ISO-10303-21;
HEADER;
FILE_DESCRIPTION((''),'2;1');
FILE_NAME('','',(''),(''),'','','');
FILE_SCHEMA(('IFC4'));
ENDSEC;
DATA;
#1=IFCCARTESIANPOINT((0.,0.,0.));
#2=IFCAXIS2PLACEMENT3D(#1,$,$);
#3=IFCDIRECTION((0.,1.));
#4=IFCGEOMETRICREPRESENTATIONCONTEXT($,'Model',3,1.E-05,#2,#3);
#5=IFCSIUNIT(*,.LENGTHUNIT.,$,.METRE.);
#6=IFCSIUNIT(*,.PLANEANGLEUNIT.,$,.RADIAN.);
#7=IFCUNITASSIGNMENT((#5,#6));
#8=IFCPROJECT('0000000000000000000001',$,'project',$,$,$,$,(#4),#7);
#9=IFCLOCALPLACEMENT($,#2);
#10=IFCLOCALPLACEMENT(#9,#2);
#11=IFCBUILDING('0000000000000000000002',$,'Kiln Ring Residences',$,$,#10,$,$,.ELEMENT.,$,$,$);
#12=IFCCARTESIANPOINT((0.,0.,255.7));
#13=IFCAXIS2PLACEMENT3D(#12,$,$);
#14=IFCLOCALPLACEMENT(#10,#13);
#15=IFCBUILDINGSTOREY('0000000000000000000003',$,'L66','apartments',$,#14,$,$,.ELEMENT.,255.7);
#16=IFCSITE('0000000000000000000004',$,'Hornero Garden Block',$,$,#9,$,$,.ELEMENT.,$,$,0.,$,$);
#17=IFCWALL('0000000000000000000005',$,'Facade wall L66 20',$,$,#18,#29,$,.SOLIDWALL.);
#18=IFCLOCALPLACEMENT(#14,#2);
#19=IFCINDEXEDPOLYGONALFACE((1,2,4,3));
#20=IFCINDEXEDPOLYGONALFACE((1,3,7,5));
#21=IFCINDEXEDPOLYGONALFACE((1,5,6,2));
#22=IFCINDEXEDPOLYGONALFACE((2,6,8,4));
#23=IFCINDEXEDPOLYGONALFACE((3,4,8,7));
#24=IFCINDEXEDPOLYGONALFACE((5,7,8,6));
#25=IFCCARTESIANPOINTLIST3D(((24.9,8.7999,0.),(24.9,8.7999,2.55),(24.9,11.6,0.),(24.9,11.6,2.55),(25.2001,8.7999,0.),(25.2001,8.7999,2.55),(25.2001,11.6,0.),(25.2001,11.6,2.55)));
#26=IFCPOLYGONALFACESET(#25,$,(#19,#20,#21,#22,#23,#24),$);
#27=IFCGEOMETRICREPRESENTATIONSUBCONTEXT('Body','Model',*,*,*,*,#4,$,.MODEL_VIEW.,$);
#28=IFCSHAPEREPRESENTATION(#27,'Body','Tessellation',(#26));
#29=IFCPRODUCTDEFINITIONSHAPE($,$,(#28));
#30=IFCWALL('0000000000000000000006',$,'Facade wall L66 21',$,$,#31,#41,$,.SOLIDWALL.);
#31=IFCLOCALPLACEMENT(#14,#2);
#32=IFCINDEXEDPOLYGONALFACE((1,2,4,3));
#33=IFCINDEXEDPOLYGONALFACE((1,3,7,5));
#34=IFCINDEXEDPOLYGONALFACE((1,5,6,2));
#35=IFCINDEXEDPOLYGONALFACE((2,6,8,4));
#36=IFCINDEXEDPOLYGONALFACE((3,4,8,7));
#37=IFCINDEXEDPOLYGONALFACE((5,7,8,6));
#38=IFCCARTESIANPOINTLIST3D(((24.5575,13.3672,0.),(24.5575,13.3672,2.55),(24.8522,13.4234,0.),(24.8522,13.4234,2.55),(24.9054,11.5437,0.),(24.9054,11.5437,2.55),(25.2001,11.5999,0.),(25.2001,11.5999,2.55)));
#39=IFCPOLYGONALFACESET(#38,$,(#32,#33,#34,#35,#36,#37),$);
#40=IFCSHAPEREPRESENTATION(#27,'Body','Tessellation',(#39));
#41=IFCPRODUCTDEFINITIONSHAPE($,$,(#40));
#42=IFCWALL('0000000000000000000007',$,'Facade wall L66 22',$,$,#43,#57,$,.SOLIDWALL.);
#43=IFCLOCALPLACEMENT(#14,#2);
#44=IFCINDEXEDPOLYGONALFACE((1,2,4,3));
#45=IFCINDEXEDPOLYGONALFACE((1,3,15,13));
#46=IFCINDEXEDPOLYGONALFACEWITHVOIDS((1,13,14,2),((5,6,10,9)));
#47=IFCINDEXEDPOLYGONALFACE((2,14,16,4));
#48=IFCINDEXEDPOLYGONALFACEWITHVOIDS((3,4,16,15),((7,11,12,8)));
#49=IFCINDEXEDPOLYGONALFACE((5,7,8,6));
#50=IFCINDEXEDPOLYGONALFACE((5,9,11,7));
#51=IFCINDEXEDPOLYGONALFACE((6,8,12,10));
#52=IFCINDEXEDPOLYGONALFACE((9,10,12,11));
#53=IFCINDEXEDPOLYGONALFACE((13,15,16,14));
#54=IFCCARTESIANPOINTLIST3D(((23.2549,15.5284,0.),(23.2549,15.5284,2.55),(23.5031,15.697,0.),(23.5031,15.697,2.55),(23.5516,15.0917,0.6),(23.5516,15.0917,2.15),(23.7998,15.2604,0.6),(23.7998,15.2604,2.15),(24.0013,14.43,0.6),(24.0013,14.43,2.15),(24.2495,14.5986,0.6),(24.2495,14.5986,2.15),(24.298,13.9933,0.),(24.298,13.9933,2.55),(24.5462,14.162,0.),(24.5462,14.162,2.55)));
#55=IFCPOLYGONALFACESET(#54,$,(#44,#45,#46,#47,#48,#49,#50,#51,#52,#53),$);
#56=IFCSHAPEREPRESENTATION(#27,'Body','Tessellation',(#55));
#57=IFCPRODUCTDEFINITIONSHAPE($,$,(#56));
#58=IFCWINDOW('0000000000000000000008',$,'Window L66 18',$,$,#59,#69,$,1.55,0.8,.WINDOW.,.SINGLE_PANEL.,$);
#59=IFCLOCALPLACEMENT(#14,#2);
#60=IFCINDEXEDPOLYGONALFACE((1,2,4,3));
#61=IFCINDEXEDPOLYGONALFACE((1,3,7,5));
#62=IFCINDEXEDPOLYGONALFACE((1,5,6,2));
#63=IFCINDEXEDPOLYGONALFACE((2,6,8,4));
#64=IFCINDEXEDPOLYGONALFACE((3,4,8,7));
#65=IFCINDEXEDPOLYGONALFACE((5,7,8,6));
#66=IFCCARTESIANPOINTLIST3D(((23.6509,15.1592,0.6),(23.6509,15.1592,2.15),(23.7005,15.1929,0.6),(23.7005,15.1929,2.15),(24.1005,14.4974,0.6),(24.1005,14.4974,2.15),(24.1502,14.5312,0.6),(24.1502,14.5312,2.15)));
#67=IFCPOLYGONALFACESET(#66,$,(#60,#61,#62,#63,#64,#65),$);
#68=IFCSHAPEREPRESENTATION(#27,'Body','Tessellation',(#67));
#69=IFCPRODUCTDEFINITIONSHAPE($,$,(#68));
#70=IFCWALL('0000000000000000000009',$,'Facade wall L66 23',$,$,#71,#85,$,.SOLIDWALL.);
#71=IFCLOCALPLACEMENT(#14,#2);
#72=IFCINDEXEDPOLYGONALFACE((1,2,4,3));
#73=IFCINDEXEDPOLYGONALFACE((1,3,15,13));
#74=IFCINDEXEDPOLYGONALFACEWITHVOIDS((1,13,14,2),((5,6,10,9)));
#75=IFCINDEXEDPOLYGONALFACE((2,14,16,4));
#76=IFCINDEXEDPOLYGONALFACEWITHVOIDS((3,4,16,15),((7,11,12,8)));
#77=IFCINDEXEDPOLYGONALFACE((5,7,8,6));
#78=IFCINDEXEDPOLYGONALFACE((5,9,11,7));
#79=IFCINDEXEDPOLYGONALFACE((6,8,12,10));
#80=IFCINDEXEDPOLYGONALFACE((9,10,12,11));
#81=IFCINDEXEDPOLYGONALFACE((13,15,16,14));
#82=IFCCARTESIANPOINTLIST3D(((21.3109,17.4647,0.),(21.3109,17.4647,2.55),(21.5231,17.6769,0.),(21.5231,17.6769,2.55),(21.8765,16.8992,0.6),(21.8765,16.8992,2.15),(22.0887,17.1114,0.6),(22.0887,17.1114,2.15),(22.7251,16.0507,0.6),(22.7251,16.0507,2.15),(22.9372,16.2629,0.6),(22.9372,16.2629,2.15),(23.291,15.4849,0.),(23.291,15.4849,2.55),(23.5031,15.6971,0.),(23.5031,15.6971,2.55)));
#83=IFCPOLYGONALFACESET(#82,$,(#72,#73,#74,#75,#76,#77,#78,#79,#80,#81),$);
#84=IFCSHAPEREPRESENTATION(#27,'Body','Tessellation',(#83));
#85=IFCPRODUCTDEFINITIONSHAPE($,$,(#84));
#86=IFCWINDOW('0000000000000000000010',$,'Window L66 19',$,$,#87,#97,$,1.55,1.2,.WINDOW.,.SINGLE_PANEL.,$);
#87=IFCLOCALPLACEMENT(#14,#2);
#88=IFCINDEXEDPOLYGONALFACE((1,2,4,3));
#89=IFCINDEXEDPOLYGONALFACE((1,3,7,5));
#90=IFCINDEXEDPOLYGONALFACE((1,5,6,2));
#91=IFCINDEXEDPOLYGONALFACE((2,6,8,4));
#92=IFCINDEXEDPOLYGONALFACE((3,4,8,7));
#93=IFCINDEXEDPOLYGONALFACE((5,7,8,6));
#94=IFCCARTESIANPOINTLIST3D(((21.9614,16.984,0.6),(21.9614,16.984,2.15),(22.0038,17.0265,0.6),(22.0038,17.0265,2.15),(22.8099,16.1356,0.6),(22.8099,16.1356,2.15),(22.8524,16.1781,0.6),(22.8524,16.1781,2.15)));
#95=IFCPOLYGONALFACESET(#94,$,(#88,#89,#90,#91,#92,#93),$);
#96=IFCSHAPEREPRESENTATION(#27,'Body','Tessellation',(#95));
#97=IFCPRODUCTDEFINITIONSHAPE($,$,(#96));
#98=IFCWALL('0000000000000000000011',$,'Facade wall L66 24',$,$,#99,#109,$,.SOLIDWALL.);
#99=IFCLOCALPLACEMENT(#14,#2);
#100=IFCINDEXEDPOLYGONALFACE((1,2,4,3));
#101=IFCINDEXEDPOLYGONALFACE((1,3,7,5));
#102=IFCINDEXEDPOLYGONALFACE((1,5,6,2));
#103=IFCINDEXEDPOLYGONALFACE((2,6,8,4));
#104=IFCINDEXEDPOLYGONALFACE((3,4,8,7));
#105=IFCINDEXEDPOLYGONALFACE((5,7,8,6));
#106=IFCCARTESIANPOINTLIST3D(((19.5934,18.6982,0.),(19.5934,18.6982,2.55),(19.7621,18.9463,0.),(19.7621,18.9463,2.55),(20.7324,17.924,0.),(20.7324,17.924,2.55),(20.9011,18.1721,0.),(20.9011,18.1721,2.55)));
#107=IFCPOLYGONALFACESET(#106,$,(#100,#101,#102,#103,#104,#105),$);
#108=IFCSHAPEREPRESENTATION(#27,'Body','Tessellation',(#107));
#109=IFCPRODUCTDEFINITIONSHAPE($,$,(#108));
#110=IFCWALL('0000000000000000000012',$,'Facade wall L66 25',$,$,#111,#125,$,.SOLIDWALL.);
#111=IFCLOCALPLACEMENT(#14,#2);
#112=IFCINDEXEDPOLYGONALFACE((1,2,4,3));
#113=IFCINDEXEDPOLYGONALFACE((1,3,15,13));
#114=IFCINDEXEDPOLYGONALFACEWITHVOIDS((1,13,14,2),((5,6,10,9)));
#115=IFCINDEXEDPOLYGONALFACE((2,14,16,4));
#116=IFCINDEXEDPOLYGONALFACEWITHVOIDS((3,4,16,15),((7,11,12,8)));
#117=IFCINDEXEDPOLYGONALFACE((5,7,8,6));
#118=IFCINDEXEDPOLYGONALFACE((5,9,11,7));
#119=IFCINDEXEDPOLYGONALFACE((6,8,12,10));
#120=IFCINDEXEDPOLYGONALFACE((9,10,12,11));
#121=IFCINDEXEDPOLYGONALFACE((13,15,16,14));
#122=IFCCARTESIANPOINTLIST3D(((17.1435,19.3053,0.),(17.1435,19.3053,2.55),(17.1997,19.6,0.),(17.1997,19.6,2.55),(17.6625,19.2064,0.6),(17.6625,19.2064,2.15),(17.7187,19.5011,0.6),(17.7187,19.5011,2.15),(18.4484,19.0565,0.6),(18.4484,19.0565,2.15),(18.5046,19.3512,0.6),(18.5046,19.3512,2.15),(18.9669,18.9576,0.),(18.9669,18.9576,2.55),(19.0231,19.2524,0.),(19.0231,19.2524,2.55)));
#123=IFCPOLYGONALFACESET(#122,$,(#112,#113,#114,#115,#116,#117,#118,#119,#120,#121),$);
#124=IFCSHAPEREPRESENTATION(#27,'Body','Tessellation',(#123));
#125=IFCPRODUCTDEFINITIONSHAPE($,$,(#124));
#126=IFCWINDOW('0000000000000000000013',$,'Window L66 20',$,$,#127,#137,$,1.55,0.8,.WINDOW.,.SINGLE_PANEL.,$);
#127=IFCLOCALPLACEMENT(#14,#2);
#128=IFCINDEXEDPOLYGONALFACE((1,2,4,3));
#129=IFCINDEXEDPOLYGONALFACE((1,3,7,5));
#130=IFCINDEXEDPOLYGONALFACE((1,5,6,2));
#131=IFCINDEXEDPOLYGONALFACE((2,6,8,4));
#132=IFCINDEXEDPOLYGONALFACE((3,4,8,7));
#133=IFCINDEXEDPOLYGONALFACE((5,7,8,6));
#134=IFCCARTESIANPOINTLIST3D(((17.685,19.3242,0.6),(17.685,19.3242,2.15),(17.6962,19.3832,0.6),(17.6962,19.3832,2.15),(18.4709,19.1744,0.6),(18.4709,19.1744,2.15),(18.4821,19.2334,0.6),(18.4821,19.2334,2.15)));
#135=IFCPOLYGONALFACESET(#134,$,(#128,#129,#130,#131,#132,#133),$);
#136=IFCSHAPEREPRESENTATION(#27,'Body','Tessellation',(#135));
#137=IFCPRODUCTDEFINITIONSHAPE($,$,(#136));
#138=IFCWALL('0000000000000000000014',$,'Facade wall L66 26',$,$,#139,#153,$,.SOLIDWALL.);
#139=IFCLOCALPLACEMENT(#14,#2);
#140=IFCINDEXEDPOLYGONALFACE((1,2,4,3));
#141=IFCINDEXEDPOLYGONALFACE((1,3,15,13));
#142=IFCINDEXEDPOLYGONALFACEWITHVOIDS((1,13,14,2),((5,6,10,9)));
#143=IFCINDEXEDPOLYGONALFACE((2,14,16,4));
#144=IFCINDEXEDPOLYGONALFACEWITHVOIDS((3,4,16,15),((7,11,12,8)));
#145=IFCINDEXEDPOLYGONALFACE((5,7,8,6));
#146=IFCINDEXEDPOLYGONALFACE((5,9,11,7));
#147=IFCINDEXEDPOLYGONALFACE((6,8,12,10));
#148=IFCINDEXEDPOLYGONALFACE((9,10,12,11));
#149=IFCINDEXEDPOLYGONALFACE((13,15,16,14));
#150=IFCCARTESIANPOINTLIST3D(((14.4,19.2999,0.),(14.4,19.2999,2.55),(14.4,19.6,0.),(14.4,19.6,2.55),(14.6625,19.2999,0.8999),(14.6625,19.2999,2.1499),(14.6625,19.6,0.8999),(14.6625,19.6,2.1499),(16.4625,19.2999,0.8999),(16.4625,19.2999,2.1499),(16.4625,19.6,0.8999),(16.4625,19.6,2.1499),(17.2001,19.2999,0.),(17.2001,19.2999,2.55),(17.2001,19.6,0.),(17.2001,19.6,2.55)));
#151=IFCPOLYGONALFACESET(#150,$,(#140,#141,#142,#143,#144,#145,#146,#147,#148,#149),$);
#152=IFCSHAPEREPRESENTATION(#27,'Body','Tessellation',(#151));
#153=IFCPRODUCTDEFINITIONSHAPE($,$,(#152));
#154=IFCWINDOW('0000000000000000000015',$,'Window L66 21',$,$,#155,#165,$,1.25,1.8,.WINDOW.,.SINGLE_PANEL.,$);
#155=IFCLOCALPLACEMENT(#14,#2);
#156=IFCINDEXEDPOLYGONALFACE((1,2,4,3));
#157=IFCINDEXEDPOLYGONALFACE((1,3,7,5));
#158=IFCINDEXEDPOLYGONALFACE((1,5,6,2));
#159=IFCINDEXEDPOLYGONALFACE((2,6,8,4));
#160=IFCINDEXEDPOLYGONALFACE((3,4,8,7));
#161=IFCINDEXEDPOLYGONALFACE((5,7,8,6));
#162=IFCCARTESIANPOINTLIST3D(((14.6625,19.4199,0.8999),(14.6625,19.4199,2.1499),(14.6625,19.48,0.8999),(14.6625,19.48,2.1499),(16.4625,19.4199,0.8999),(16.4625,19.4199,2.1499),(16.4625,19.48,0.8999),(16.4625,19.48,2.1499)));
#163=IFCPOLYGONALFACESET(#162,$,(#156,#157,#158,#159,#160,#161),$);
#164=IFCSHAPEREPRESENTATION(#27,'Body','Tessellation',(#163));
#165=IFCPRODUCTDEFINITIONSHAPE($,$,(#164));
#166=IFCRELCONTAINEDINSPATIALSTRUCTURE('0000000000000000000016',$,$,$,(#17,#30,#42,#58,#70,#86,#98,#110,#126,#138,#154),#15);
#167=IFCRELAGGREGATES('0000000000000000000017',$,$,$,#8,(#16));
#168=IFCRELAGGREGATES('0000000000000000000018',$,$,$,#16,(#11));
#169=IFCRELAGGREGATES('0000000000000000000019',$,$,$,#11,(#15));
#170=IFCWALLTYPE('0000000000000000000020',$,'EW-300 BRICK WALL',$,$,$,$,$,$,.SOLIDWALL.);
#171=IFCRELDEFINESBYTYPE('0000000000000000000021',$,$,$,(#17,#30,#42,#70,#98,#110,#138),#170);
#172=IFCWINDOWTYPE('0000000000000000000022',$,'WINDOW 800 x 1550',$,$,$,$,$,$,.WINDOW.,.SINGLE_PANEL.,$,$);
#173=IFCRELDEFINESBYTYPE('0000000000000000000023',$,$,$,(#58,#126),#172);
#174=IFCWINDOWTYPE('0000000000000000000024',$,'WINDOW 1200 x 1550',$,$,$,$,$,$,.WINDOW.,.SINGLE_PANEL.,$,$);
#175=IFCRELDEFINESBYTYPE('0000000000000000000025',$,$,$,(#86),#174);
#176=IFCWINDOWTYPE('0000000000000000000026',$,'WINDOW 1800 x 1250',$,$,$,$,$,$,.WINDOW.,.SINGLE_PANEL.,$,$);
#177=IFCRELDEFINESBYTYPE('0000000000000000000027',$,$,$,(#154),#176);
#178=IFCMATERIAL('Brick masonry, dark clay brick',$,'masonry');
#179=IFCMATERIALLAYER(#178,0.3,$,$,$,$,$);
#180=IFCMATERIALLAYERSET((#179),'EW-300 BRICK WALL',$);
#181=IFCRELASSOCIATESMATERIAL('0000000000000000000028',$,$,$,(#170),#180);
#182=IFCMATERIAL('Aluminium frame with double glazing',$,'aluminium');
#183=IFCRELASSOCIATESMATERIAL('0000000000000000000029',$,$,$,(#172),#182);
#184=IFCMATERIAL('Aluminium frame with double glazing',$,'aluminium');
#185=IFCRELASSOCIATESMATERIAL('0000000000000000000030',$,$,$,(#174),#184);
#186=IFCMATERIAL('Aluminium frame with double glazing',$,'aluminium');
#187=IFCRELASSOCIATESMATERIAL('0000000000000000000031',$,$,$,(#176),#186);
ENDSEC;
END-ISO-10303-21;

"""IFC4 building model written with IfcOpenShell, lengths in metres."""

from ifc_helpers import new_model, si_unit, direction, frame, frame_2d, origin, place, context, subcontext, project, spatial, rectangle, extrude, material, layer, layer_set, type_object, element, fill, save


model = new_model("IFC4")

# Units and contexts
model_context = context("Model", 3, precision=1e-05, world=origin(), true_north=direction((0.0, 1.0)))
body_context = subcontext(model_context, "Body", "Model", "MODEL_VIEW")
ifc_project = project(units=[si_unit("LENGTHUNIT", "METRE"), si_unit("PLANEANGLEUNIT", "RADIAN")], contexts=[model_context])

# Site, building, storey
site_placement = place(None, origin())
site = spatial("IfcSite", under=ifc_project, at=site_placement, Name="Hornero Garden Block", CompositionType="ELEMENT", RefElevation=0.0)
building_placement = place(site_placement, origin())
building = spatial("IfcBuilding", under=site, at=building_placement, Name="Kiln Ring Residences", CompositionType="ELEMENT")
storey_placement = place(building_placement, frame((0.0, 0.0, 255.7)))
storey = spatial("IfcBuildingStorey", under=building, at=storey_placement, Name="L66", Description="apartments", CompositionType="ELEMENT", Elevation=255.7)

# Walls
ifc_material_1 = material(Name="Brick masonry, dark clay brick", Category="masonry")
ifc_layer_1 = layer(ifc_material_1, 0.3)
ifc_layer_set_1 = layer_set([ifc_layer_1], Name="EW-300 BRICK WALL")
wall_type_1 = type_object("IfcWallType", Name="EW-300 BRICK WALL", PredefinedType="SOLIDWALL", material=ifc_layer_set_1)
wall_1_placement = place(storey_placement, frame((25.05, 8.8, 0.0), z_axis=(0.0, 0.0, 1.0), x_axis=(0.0, 1.0, 0.0)))
element("IfcWall", 1, at=wall_1_placement, inside=storey, type_object=wall_type_1, Name="Facade wall L66 20", PredefinedType="SOLIDWALL", context=body_context, shape_type="SweptSolid", body=[
    extrude(rectangle(XDim=2.8, YDim=0.3, at=frame_2d((1.3999, 0.0))), origin(), (0.0, 0.0, 1.0), 2.55),
])
wall_2_placement = place(storey_placement, frame((25.0527, 11.5718, 0.0), z_axis=(0.0, 0.0, 1.0), x_axis=(-0.187408, 0.982282, 0.0)))
element("IfcWall", 2, at=wall_2_placement, inside=storey, type_object=wall_type_1, Name="Facade wall L66 21", PredefinedType="SOLIDWALL", context=body_context, shape_type="SweptSolid", body=[
    extrude(rectangle(XDim=1.8564, YDim=0.3, at=frame_2d((0.9282, 0.0))), origin(), (0.0, 0.0, 1.0), 2.55),
])

# Walls, openings, windows
wall_3_placement = place(storey_placement, frame((24.4221, 14.0776, 0.0), z_axis=(0.0, 0.0, 1.0), x_axis=(-0.562055, 0.8271, 0.0)))
wall_3 = element("IfcWall", 3, at=wall_3_placement, inside=storey, type_object=wall_type_1, Name="Facade wall L66 22", PredefinedType="SOLIDWALL", context=body_context, shape_type="SweptSolid", body=[
    extrude(rectangle(XDim=1.856, YDim=0.3, at=frame_2d((0.928, 0.0))), origin(), (0.0, 0.0, 1.0), 2.55),
])
opening_1_placement = place(wall_3_placement, frame((0.5281, 0.0, 0.6001)))
opening_1 = element("IfcOpeningElement", 4, at=opening_1_placement, cuts=wall_3, PredefinedType="OPENING", context=body_context, shape_type="SweptSolid", body=[
    extrude(rectangle(XDim=0.8, YDim=1.55, at=frame_2d((0.3999, 0.7749))), frame((0.0, 0.1599, 0.0), z_axis=(0.0, -1.0, 0.0), x_axis=(1.0, 0.0, 0.0)), (0.0, 0.0, 1.0), 0.3201),
])
ifc_material_2 = material(Name="Aluminium frame with double glazing", Category="aluminium")
window_type_1 = type_object("IfcWindowType", Name="WINDOW 800 x 1550", PartitioningType="SINGLE_PANEL", PredefinedType="WINDOW", material=ifc_material_2)
window_1_placement = place(opening_1_placement, origin())
window_1 = element("IfcWindow", 5, at=window_1_placement, inside=storey, type_object=window_type_1, Name="Window L66 18", OverallHeight=1.55, OverallWidth=0.8, PartitioningType="SINGLE_PANEL", PredefinedType="WINDOW", context=body_context, shape_type="SweptSolid", body=[
    extrude(rectangle(XDim=0.8, YDim=1.55, at=frame_2d((0.3999, 0.7749))), frame((0.0, 0.03, 0.0), z_axis=(0.0, -1.0, 0.0), x_axis=(1.0, 0.0, 0.0)), (0.0, 0.0, 1.0), 0.0601),
])
fill(opening_1, window_1)
wall_4_placement = place(storey_placement, frame((23.397, 15.5911, 0.0), z_axis=(0.0, 0.0, 1.0), x_axis=(-0.70715, 0.707063, 0.0)))
wall_4 = element("IfcWall", 6, at=wall_4_placement, inside=storey, type_object=wall_type_1, Name="Facade wall L66 23", PredefinedType="SOLIDWALL", context=body_context, shape_type="SweptSolid", body=[
    extrude(rectangle(XDim=2.8, YDim=0.3, at=frame_2d((1.3999, 0.0))), origin(), (0.0, 0.0, 1.0), 2.55),
])
opening_2_placement = place(wall_4_placement, frame((0.8, 0.0, 0.6001)))
opening_2 = element("IfcOpeningElement", 7, at=opening_2_placement, cuts=wall_4, PredefinedType="OPENING", context=body_context, shape_type="SweptSolid", body=[
    extrude(rectangle(XDim=1.2, YDim=1.55, at=frame_2d((0.6001, 0.7749))), frame((0.0, 0.1599, 0.0), z_axis=(0.0, -1.0, 0.0), x_axis=(1.0, 0.0, 0.0)), (0.0, 0.0, 1.0), 0.3201),
])
ifc_material_3 = material(Name="Aluminium frame with double glazing", Category="aluminium")
window_type_2 = type_object("IfcWindowType", Name="WINDOW 1200 x 1550", PartitioningType="SINGLE_PANEL", PredefinedType="WINDOW", material=ifc_material_3)
window_2_placement = place(opening_2_placement, origin())
window_2 = element("IfcWindow", 8, at=window_2_placement, inside=storey, type_object=window_type_2, Name="Window L66 19", OverallHeight=1.55, OverallWidth=1.2, PartitioningType="SINGLE_PANEL", PredefinedType="WINDOW", context=body_context, shape_type="SweptSolid", body=[
    extrude(rectangle(XDim=1.2, YDim=1.55, at=frame_2d((0.6001, 0.7749))), frame((0.0, 0.03, 0.0), z_axis=(0.0, -1.0, 0.0), x_axis=(1.0, 0.0, 0.0)), (0.0, 0.0, 1.0), 0.0601),
])
fill(opening_2, window_2)

# Wall
wall_5_placement = place(storey_placement, frame((20.8167, 18.0481, 0.0), z_axis=(0.0, 0.0, 1.0), x_axis=(-0.827025, 0.562165, 0.0)))
element("IfcWall", 9, at=wall_5_placement, inside=storey, type_object=wall_type_1, Name="Facade wall L66 24", PredefinedType="SOLIDWALL", context=body_context, shape_type="SweptSolid", body=[
    extrude(rectangle(XDim=1.3772, YDim=0.3, at=frame_2d((0.6885, 0.0))), origin(), (0.0, 0.0, 1.0), 2.55),
])

# Walls, openings, windows
wall_6_placement = place(storey_placement, frame((18.9951, 19.105, 0.0), z_axis=(0.0, 0.0, 1.0), x_axis=(-0.982302, 0.187306, 0.0)))
wall_6 = element("IfcWall", 10, at=wall_6_placement, inside=storey, type_object=wall_type_1, Name="Facade wall L66 25", PredefinedType="SOLIDWALL", context=body_context, shape_type="SweptSolid", body=[
    extrude(rectangle(XDim=1.8562, YDim=0.3, at=frame_2d((0.9282, 0.0))), origin(), (0.0, 0.0, 1.0), 2.55),
])
opening_3_placement = place(wall_6_placement, frame((0.5281, 0.0, 0.6001)))
opening_3 = element("IfcOpeningElement", 11, at=opening_3_placement, cuts=wall_6, PredefinedType="OPENING", context=body_context, shape_type="SweptSolid", body=[
    extrude(rectangle(XDim=0.8, YDim=1.55, at=frame_2d((0.3999, 0.7749))), frame((0.0, 0.1599, 0.0), z_axis=(0.0, -1.0, 0.0), x_axis=(1.0, 0.0, 0.0)), (0.0, 0.0, 1.0), 0.3201),
])
window_3_placement = place(opening_3_placement, origin())
window_3 = element("IfcWindow", 12, at=window_3_placement, inside=storey, type_object=window_type_1, Name="Window L66 20", OverallHeight=1.55, OverallWidth=0.8, PartitioningType="SINGLE_PANEL", PredefinedType="WINDOW", context=body_context, shape_type="SweptSolid", body=[
    extrude(rectangle(XDim=0.8, YDim=1.55, at=frame_2d((0.3999, 0.7749))), frame((0.0, 0.03, 0.0), z_axis=(0.0, -1.0, 0.0), x_axis=(1.0, 0.0, 0.0)), (0.0, 0.0, 1.0), 0.0601),
])
fill(opening_3, window_3)
wall_7_placement = place(storey_placement, frame((17.2, 19.45, 0.0), z_axis=(0.0, 0.0, 1.0), x_axis=(-1.0, 0.0, 0.0)))
wall_7 = element("IfcWall", 13, at=wall_7_placement, inside=storey, type_object=wall_type_1, Name="Facade wall L66 26", PredefinedType="SOLIDWALL", context=body_context, shape_type="SweptSolid", body=[
    extrude(rectangle(XDim=2.8, YDim=0.3, at=frame_2d((1.3999, 0.0))), origin(), (0.0, 0.0, 1.0), 2.55),
])
opening_4_placement = place(wall_7_placement, frame((0.7375, 0.0, 0.8999)))
opening_4 = element("IfcOpeningElement", 14, at=opening_4_placement, cuts=wall_7, PredefinedType="OPENING", context=body_context, shape_type="SweptSolid", body=[
    extrude(rectangle(XDim=1.8, YDim=1.25, at=frame_2d((0.8999, 0.625))), frame((0.0, 0.1599, 0.0), z_axis=(0.0, -1.0, 0.0), x_axis=(1.0, 0.0, 0.0)), (0.0, 0.0, 1.0), 0.3201),
])
ifc_material_4 = material(Name="Aluminium frame with double glazing", Category="aluminium")
window_type_3 = type_object("IfcWindowType", Name="WINDOW 1800 x 1250", PartitioningType="SINGLE_PANEL", PredefinedType="WINDOW", material=ifc_material_4)
window_4_placement = place(opening_4_placement, origin())
window_4 = element("IfcWindow", 15, at=window_4_placement, inside=storey, type_object=window_type_3, Name="Window L66 21", OverallHeight=1.25, OverallWidth=1.8, PartitioningType="SINGLE_PANEL", PredefinedType="WINDOW", context=body_context, shape_type="SweptSolid", body=[
    extrude(rectangle(XDim=1.8, YDim=1.25, at=frame_2d((0.8999, 0.625))), frame((0.0, 0.03, 0.0), z_axis=(0.0, -1.0, 0.0), x_axis=(1.0, 0.0, 0.0)), (0.0, 0.0, 1.0), 0.0601),
])
fill(opening_4, window_4)

save(model, "model.ifc")
